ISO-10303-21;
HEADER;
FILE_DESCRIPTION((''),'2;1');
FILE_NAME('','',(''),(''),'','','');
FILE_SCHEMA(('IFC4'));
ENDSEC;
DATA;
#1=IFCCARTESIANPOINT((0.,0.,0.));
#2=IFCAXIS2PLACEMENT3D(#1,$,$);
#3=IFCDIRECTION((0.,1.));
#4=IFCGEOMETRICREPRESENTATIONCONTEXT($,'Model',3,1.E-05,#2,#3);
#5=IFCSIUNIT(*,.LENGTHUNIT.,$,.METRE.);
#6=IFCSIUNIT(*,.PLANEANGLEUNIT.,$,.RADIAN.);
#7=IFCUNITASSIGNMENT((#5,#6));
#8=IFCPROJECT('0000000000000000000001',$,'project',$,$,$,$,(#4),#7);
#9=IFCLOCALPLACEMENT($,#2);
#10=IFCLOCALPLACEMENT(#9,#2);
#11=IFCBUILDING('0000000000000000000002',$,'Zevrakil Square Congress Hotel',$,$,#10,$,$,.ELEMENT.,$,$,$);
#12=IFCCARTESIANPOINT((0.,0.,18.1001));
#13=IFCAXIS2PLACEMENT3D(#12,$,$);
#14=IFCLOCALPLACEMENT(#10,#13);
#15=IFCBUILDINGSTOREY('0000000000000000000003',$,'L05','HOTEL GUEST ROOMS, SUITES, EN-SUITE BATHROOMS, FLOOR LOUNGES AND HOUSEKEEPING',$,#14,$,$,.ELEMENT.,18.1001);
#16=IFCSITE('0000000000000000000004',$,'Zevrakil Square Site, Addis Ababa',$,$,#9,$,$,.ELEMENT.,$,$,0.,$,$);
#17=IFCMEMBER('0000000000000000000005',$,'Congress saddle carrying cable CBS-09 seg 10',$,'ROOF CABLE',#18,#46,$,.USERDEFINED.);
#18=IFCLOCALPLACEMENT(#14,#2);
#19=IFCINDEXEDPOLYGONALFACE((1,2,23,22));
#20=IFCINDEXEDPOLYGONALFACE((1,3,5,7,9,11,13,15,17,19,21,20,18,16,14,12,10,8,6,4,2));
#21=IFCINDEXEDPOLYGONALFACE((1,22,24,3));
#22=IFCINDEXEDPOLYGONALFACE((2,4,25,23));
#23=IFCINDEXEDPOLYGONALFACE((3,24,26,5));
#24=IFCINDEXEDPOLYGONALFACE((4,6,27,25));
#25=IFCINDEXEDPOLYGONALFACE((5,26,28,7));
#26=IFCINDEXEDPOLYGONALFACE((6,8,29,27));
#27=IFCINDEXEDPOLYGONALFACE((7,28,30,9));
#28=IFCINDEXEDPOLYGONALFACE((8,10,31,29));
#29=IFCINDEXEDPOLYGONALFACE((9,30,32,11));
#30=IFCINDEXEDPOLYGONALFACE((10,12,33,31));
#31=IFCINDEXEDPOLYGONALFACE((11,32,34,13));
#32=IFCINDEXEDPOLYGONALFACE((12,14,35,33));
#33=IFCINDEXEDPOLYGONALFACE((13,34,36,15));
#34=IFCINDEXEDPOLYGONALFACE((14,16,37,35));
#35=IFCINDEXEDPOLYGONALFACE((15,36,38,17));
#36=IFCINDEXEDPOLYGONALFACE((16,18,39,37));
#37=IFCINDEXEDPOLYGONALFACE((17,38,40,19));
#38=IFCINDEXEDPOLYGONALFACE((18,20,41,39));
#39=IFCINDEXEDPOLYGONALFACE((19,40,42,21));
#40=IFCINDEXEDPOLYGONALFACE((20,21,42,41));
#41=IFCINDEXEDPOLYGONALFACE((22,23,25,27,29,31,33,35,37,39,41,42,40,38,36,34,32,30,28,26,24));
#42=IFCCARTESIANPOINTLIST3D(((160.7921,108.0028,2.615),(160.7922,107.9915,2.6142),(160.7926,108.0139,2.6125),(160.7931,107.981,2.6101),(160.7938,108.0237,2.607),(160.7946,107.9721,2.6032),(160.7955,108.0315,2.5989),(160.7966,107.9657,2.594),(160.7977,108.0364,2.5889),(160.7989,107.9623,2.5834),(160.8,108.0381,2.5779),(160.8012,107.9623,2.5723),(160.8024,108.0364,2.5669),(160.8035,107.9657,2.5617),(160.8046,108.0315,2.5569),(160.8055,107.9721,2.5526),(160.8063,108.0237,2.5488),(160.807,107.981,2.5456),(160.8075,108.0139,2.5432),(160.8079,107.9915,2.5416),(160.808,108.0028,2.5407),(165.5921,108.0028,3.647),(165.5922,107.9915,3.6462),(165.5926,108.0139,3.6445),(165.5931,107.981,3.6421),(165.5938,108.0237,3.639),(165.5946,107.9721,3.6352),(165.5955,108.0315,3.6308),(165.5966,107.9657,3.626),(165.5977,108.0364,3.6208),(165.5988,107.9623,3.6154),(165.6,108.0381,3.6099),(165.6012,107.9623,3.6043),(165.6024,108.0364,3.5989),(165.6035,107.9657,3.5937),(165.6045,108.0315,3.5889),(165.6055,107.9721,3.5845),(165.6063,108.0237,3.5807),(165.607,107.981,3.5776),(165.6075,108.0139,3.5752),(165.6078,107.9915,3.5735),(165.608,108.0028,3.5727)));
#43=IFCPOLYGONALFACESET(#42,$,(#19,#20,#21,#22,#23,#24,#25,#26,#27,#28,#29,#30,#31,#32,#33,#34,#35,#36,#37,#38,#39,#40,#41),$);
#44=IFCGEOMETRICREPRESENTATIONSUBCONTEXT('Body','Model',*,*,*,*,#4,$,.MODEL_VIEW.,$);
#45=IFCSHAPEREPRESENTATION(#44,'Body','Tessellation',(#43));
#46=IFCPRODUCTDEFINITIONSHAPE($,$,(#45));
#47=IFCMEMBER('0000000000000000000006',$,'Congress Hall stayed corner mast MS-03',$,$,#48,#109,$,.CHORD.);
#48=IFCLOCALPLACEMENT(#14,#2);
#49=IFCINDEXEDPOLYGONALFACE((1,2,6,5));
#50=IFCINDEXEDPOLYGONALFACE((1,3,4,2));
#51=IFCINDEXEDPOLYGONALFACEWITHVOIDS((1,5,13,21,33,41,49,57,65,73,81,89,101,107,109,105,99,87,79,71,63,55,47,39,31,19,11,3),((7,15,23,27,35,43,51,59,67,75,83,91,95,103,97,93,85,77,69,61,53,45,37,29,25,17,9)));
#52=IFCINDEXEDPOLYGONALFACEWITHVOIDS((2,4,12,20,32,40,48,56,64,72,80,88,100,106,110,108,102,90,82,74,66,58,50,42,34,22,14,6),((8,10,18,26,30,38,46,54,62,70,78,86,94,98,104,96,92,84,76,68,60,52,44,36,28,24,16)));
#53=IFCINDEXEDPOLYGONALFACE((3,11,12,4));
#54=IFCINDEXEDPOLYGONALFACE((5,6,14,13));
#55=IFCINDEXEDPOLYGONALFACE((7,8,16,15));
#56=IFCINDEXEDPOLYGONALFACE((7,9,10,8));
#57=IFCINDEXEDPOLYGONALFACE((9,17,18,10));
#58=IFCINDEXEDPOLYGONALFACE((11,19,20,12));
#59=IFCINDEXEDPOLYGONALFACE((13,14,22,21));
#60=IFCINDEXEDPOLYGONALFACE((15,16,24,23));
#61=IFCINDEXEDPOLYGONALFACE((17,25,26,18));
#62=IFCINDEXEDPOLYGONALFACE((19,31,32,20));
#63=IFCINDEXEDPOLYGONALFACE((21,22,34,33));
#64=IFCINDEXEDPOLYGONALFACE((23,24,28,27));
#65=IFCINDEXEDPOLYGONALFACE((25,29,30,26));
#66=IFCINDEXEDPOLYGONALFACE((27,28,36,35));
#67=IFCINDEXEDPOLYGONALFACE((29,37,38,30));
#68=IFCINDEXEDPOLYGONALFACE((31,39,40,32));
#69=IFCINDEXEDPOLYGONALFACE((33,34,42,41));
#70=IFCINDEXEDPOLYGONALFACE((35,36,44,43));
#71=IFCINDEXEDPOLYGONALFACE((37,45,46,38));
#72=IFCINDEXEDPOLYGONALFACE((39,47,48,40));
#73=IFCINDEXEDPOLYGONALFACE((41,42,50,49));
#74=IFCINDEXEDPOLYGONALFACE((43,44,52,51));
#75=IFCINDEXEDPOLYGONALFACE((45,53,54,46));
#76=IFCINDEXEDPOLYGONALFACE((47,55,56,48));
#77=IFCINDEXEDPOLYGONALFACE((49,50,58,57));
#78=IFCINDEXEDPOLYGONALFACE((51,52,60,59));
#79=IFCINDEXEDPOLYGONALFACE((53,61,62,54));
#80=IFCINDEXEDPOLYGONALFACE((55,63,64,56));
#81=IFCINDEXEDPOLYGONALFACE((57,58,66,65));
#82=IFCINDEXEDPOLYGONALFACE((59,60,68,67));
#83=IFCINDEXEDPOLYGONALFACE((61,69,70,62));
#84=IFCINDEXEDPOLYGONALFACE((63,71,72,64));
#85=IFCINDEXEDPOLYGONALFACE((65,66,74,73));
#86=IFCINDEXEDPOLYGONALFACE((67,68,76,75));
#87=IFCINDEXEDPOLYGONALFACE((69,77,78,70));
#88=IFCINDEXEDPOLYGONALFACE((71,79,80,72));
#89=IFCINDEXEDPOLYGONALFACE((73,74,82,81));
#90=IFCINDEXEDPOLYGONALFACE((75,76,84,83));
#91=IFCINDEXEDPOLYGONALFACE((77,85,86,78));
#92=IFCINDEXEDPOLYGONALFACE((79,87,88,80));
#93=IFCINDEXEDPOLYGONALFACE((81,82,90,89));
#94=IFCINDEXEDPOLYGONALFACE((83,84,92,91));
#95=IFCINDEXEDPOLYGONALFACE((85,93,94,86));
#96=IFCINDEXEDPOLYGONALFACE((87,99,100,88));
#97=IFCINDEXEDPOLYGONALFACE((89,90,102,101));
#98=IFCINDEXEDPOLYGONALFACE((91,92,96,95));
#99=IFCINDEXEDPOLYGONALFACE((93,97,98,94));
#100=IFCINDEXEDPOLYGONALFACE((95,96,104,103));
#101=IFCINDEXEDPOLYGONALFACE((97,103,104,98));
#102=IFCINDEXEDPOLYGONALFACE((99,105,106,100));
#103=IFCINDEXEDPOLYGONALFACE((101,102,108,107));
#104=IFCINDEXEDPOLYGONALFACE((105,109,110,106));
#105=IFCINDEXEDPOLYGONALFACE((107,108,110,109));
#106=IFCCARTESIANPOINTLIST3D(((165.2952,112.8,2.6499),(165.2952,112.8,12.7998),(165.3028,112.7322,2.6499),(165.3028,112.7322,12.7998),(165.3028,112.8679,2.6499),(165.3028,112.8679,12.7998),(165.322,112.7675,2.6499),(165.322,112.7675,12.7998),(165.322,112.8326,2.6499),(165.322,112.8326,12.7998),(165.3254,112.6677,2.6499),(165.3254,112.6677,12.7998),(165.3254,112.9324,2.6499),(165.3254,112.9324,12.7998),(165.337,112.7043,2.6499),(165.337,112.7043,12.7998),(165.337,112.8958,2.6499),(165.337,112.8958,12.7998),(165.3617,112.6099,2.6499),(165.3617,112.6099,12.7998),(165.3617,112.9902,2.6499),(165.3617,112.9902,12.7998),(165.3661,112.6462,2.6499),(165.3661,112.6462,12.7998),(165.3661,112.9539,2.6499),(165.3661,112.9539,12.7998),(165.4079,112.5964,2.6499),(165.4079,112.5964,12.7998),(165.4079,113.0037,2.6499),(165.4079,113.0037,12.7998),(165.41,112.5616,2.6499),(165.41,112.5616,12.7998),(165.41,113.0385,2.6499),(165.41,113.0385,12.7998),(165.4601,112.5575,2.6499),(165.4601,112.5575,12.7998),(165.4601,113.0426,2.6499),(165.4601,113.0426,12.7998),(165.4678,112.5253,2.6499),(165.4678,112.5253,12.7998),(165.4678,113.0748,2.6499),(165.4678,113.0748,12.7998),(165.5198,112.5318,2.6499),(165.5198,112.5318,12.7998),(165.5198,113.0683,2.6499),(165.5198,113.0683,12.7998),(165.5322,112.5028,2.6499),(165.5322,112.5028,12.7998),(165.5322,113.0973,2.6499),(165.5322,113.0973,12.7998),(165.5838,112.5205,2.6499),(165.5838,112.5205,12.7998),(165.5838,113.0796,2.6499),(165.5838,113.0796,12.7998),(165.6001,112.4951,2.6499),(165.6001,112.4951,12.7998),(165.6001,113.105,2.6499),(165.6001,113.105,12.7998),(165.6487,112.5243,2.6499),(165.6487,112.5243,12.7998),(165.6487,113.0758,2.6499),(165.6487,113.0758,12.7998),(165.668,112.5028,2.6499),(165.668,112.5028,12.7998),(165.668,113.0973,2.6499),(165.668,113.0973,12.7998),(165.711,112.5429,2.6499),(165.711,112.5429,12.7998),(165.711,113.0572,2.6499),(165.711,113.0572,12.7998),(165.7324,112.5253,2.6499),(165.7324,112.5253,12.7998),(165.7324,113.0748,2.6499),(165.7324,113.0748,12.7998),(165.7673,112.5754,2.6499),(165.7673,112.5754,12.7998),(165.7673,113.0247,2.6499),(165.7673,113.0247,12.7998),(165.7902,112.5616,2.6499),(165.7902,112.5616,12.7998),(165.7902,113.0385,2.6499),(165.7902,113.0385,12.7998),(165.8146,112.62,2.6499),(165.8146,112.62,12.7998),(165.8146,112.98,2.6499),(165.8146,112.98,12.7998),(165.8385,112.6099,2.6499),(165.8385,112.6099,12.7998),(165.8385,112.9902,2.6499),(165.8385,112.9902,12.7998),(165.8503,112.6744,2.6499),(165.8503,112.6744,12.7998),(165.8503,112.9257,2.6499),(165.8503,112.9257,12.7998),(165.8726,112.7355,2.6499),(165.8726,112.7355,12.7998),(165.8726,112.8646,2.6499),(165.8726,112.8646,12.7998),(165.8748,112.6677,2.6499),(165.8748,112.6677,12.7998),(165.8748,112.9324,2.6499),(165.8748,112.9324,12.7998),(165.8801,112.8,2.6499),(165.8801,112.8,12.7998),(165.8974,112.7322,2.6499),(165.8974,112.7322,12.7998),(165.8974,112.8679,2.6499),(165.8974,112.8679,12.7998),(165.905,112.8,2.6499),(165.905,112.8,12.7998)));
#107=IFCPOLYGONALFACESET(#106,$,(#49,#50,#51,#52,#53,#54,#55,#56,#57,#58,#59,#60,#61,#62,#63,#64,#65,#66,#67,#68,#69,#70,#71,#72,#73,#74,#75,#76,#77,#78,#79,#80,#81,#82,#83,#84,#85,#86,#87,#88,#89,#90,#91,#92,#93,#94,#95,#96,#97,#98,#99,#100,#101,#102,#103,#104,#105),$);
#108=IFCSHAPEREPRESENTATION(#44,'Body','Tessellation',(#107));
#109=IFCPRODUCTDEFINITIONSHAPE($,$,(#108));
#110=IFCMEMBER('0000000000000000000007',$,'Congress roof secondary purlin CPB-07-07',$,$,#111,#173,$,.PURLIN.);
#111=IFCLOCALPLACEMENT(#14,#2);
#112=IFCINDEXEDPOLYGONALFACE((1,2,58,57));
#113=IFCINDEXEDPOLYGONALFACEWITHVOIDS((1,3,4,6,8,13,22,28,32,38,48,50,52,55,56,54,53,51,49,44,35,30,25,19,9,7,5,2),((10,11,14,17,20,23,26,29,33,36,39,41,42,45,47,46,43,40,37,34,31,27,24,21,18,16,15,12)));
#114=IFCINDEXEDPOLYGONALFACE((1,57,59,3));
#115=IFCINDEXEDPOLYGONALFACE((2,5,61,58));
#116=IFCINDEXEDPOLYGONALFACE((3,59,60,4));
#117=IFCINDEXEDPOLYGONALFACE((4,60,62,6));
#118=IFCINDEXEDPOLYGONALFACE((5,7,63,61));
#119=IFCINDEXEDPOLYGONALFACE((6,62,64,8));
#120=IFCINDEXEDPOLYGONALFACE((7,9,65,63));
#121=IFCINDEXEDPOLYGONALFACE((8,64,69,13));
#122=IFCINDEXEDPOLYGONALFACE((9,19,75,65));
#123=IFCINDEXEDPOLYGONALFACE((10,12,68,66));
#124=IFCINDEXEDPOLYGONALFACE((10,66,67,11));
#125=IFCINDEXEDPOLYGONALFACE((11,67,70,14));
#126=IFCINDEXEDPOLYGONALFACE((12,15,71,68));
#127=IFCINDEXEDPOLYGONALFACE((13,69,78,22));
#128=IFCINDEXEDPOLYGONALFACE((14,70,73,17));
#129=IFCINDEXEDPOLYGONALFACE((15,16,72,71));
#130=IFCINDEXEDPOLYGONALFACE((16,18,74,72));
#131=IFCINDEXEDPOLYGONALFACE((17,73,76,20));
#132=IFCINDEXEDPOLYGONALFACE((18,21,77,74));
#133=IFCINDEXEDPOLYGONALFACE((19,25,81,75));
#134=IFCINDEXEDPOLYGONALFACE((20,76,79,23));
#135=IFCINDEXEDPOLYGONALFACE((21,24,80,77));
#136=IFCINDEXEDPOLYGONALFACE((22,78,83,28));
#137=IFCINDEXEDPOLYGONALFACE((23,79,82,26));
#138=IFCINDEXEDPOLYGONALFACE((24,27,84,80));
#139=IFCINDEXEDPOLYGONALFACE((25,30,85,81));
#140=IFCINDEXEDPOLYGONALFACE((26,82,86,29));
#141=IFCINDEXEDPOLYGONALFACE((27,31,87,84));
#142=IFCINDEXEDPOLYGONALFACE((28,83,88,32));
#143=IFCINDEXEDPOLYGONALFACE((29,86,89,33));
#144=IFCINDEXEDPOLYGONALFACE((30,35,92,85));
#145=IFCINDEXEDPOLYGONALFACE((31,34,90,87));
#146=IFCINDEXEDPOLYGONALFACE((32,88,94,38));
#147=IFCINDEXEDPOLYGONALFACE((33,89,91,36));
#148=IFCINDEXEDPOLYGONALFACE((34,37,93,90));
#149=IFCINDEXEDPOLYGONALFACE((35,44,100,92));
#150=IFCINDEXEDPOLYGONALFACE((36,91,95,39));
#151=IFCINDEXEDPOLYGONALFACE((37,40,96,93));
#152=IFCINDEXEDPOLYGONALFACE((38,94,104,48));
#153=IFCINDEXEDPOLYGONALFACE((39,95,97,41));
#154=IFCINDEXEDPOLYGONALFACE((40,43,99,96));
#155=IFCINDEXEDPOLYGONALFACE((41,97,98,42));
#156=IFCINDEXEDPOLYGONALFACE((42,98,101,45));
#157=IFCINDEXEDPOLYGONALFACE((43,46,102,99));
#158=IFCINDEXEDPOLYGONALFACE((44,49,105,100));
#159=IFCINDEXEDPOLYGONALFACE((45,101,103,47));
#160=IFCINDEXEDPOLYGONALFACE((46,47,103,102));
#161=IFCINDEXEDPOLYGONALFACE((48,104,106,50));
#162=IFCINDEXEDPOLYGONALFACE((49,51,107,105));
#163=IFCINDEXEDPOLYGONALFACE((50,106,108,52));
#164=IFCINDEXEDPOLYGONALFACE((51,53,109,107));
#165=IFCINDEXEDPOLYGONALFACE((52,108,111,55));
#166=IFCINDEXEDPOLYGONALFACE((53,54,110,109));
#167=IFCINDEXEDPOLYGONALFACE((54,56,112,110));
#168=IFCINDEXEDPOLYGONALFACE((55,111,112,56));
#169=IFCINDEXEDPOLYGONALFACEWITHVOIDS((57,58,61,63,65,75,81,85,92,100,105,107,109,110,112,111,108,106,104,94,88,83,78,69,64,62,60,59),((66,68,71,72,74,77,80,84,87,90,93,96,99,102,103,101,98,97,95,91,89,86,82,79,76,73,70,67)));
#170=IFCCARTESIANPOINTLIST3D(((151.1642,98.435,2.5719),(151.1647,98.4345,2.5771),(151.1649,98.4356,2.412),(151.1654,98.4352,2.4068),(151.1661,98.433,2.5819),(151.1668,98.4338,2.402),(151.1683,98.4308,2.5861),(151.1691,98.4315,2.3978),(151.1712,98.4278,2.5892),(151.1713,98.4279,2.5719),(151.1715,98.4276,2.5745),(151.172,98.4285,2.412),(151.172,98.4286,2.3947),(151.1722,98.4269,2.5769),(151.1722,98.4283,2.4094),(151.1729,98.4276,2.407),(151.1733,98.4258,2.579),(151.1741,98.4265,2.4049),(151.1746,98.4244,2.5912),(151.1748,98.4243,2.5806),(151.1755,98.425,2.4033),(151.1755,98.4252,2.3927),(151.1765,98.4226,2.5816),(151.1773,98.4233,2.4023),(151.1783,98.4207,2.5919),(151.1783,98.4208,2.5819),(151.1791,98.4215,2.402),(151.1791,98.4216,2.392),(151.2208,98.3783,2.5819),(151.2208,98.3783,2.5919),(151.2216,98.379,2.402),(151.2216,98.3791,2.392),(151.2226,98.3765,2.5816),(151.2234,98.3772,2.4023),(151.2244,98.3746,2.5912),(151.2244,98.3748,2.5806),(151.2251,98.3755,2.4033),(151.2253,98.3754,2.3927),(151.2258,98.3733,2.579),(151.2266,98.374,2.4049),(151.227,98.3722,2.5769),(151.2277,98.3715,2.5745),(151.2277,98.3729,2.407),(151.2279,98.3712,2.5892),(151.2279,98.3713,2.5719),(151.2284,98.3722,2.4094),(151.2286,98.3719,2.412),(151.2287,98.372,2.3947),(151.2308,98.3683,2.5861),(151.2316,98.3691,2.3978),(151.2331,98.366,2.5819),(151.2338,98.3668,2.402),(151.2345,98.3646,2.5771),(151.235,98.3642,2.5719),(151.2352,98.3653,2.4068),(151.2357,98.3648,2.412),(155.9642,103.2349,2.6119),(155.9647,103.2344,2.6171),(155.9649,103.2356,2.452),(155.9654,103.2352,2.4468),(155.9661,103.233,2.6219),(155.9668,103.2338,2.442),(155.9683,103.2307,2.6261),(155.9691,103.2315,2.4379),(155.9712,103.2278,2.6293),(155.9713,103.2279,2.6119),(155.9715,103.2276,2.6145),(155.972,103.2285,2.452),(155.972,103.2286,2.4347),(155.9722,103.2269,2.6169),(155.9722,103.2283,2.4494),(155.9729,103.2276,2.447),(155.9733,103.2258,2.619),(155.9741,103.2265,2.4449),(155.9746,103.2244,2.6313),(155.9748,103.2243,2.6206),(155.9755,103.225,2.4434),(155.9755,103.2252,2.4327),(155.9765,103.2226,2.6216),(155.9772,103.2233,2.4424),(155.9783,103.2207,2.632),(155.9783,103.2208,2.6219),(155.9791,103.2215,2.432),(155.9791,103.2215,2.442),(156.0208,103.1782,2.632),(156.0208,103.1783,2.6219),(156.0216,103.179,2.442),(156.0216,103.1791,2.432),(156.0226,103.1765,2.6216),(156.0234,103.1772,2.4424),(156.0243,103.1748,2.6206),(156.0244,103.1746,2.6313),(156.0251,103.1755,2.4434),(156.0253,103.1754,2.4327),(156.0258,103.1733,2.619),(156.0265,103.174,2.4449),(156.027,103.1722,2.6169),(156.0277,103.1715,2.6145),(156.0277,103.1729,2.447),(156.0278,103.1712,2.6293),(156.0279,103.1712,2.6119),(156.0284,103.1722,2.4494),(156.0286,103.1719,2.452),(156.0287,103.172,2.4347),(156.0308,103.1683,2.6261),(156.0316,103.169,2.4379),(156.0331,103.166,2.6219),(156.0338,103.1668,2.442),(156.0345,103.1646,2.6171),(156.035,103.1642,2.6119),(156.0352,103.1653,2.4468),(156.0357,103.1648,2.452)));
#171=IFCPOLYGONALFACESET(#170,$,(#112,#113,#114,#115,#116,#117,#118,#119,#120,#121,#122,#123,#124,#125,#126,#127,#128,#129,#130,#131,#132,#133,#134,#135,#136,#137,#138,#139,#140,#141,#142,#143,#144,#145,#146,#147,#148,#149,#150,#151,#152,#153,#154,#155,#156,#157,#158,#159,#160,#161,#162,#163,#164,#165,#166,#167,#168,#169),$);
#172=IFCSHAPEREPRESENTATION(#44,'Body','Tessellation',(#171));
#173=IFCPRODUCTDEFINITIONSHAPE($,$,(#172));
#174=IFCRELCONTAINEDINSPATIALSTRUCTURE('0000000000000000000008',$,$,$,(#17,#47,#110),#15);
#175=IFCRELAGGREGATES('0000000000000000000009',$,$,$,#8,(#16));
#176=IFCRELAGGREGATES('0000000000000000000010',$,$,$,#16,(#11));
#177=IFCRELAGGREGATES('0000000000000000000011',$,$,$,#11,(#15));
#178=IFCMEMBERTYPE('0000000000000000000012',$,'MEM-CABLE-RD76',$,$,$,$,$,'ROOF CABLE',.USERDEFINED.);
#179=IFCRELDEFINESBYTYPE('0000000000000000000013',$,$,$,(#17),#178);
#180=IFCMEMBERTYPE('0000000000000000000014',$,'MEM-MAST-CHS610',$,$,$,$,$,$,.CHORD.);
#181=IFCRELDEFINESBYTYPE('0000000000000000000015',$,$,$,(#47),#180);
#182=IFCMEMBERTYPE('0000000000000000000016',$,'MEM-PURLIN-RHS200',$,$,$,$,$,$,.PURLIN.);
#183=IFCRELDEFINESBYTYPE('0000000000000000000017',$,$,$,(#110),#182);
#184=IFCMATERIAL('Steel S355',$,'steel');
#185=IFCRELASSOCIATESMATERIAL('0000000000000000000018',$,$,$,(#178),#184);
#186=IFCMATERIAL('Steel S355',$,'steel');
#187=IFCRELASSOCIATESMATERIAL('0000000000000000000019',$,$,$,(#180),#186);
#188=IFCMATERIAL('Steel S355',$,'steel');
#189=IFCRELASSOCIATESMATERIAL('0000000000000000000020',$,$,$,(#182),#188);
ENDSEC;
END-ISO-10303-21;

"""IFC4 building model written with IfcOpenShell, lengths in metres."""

from ifc_helpers import new_model, si_unit, direction, frame, origin, origin_2d, place, context, subcontext, project, spatial, hollow_rectangle, circle, hollow_circle, extrude, material, material_profile, profile_set, type_object, element, save


model = new_model("IFC4")

# Units and contexts
model_context = context("Model", 3, precision=1e-05, world=origin(), true_north=direction((0.0, 1.0)))
body_context = subcontext(model_context, "Body", "Model", "MODEL_VIEW")
ifc_project = project(units=[si_unit("LENGTHUNIT", "METRE"), si_unit("PLANEANGLEUNIT", "RADIAN")], contexts=[model_context])

# Site, building, storey
site_placement = place(None, origin())
site = spatial("IfcSite", under=ifc_project, at=site_placement, Name="Zevrakil Square Site, Addis Ababa", CompositionType="ELEMENT", RefElevation=0.0)
building_placement = place(site_placement, origin())
building = spatial("IfcBuilding", under=site, at=building_placement, Name="Zevrakil Square Congress Hotel", CompositionType="ELEMENT")
storey_placement = place(building_placement, frame((0.0, 0.0, 18.1001)))
storey = spatial("IfcBuildingStorey", under=building, at=storey_placement, Name="L05", Description="HOTEL GUEST ROOMS, SUITES, EN-SUITE BATHROOMS, FLOOR LOUNGES AND HOUSEKEEPING", CompositionType="ELEMENT", Elevation=18.1001)

# Members
ifc_material_1 = material(Name="Steel S355", Category="steel")
ifc_material_profile_1 = material_profile(ifc_material_1, circle(Radius=0.0381, at=origin_2d()), Name="CABLE RD76")
ifc_profile_set_1 = profile_set([ifc_material_profile_1], Name="Steel S355")
member_type_1 = type_object("IfcMemberType", Name="MEM-CABLE-RD76", ElementType="ROOF CABLE", PredefinedType="USERDEFINED", material=ifc_profile_set_1)
member_1_placement = place(storey_placement, frame((160.8, 108.0, 2.5779), z_axis=(0.97766, 0.0, 0.210191), x_axis=(0.0, 1.0, 0.0)))
element("IfcMember", 1, at=member_1_placement, inside=storey, type_object=member_type_1, Name="Congress saddle carrying cable CBS-09 seg 10", ObjectType="ROOF CABLE", PredefinedType="USERDEFINED", context=body_context, shape_type="SweptSolid", body=[
    extrude(circle(Radius=0.0381, at=origin_2d()), origin(), (0.0, 0.0, 1.0), 4.9097),
])
ifc_material_2 = material(Name="Steel S355", Category="steel")
ifc_material_profile_2 = material_profile(ifc_material_2, hollow_circle(Radius=0.3049, WallThickness=0.0249, at=origin_2d()), Name="CHS 610x25")
ifc_profile_set_2 = profile_set([ifc_material_profile_2], Name="Steel S355")
member_type_2 = type_object("IfcMemberType", Name="MEM-MAST-CHS610", PredefinedType="CHORD", material=ifc_profile_set_2)
member_2_placement = place(storey_placement, frame((165.6001, 112.8, 2.6499), z_axis=(0.0, 0.0, 1.0), x_axis=(1.0, 0.0, 0.0)))
element("IfcMember", 2, at=member_2_placement, inside=storey, type_object=member_type_2, Name="Congress Hall stayed corner mast MS-03", PredefinedType="CHORD", context=body_context, shape_type="SweptSolid", body=[
    extrude(hollow_circle(Radius=0.3049, WallThickness=0.0249, at=origin_2d()), origin(), (0.0, 0.0, 1.0), 10.1499),
])
ifc_material_3 = material(Name="Steel S355", Category="steel")
ifc_material_profile_3 = material_profile(ifc_material_3, hollow_rectangle(XDim=0.1001, YDim=0.2, WallThickness=0.01, InnerFilletRadius=0.01, OuterFilletRadius=0.02, at=origin_2d()), Name="RHS 200x100x10")
ifc_profile_set_3 = profile_set([ifc_material_profile_3], Name="Steel S355")
member_type_3 = type_object("IfcMemberType", Name="MEM-PURLIN-RHS200", PredefinedType="PURLIN", material=ifc_profile_set_3)
member_3_placement = place(storey_placement, frame((151.2, 98.3999, 2.4919), z_axis=(0.707094, 0.707094, 0.005898), x_axis=(-0.707107, 0.707107, 0.0)))
element("IfcMember", 3, at=member_3_placement, inside=storey, type_object=member_type_3, Name="Congress roof secondary purlin CPB-07-07", PredefinedType="PURLIN", context=body_context, shape_type="SweptSolid", body=[
    extrude(hollow_rectangle(XDim=0.1001, YDim=0.2, WallThickness=0.01, InnerFilletRadius=0.01, OuterFilletRadius=0.02, at=origin_2d()), origin(), (0.0, 0.0, 1.0), 6.7883),
])

save(model, "model.ifc")
